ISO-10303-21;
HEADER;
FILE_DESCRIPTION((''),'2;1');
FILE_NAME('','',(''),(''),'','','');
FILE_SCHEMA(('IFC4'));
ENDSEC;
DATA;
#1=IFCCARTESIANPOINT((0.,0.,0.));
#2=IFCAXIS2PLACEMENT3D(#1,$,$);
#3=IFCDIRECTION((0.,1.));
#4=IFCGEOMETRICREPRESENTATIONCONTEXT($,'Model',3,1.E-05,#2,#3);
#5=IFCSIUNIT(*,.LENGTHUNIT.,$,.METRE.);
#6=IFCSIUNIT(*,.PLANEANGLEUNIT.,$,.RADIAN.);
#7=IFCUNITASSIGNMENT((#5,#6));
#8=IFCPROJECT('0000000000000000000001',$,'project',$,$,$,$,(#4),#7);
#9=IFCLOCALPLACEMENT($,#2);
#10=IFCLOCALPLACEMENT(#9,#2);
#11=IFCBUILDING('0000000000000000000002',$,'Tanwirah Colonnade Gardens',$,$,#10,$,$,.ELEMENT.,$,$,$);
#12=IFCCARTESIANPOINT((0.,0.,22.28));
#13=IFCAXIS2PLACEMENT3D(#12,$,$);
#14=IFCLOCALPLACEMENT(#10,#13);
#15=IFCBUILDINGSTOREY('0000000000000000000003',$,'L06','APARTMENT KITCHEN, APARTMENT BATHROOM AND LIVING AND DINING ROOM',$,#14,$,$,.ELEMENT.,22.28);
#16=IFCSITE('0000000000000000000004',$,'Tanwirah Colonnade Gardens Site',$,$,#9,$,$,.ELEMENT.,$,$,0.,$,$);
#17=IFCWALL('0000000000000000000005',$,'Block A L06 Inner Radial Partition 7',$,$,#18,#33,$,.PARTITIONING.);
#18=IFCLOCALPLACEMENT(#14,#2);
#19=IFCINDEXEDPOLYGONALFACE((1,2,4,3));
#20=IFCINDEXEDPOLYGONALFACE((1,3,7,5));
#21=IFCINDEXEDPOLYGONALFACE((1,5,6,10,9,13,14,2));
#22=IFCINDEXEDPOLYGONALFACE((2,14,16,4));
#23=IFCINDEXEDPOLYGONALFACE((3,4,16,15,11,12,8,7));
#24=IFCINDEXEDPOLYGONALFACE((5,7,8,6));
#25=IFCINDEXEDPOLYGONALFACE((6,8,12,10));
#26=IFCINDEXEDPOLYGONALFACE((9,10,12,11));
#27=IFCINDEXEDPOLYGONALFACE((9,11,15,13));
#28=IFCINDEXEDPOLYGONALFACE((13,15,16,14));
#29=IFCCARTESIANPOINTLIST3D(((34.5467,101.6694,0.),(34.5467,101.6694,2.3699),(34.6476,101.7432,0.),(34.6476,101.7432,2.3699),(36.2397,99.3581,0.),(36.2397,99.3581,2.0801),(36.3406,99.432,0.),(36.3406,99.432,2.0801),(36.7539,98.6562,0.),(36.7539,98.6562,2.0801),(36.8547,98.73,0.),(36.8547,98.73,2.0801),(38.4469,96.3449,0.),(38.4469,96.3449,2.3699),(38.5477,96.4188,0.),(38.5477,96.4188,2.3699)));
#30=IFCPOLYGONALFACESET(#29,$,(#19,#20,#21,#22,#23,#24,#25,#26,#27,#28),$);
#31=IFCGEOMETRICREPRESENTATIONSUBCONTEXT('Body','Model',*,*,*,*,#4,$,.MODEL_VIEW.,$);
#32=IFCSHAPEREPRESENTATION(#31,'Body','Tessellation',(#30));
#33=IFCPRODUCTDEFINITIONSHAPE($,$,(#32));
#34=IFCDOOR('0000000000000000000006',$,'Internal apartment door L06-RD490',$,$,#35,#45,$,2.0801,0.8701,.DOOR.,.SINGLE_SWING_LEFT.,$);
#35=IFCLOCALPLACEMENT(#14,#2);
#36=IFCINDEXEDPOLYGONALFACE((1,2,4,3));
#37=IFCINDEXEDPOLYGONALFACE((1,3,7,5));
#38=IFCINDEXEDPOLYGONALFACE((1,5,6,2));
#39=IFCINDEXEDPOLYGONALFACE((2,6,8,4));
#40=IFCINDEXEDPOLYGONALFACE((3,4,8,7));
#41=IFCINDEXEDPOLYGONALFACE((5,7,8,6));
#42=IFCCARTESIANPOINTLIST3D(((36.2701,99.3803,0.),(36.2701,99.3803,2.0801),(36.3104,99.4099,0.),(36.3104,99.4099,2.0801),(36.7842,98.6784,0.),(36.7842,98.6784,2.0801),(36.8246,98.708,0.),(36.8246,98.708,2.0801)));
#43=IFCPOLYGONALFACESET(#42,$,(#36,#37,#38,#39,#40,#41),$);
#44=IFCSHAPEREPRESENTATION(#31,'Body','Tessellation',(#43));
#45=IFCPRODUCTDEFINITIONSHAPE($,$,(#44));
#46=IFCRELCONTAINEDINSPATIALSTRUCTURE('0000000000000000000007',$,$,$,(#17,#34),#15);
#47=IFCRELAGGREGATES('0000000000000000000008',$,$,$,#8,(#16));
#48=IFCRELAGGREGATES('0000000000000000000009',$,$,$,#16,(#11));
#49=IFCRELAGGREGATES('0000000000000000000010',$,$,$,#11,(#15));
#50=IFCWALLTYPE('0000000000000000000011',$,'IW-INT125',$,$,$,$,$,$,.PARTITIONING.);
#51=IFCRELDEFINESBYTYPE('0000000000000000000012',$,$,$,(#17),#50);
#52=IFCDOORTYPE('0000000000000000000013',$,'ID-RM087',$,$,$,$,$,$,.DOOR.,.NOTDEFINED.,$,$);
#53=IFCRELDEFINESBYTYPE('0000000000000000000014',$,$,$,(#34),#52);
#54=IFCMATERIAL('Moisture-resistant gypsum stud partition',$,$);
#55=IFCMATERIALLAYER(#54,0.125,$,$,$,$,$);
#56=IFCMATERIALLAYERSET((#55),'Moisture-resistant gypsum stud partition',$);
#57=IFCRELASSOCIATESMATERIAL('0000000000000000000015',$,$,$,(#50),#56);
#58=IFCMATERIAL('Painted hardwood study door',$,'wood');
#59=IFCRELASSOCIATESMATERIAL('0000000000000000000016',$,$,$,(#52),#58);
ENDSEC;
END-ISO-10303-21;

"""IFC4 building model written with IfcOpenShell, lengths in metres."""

from ifc_helpers import new_model, si_unit, direction, frame, frame_2d, origin, place, context, subcontext, project, spatial, rectangle, extrude, material, layer, layer_set, type_object, element, fill, save


model = new_model("IFC4")

# Units and contexts
model_context = context("Model", 3, precision=1e-05, world=origin(), true_north=direction((0.0, 1.0)))
body_context = subcontext(model_context, "Body", "Model", "MODEL_VIEW")
ifc_project = project(units=[si_unit("LENGTHUNIT", "METRE"), si_unit("PLANEANGLEUNIT", "RADIAN")], contexts=[model_context])

# Site, building, storey
site_placement = place(None, origin())
site = spatial("IfcSite", under=ifc_project, at=site_placement, Name="Tanwirah Colonnade Gardens Site", CompositionType="ELEMENT", RefElevation=0.0)
building_placement = place(site_placement, origin())
building = spatial("IfcBuilding", under=site, at=building_placement, Name="Tanwirah Colonnade Gardens", CompositionType="ELEMENT")
storey_placement = place(building_placement, frame((0.0, 0.0, 22.28)))
storey = spatial("IfcBuildingStorey", under=building, at=storey_placement, Name="L06", Description="APARTMENT KITCHEN, APARTMENT BATHROOM AND LIVING AND DINING ROOM", CompositionType="ELEMENT", Elevation=22.28)

# Wall, opening, door
ifc_material_1 = material(Name="Moisture-resistant gypsum stud partition")
ifc_layer_1 = layer(ifc_material_1, 0.125)
ifc_layer_set_1 = layer_set([ifc_layer_1], Name="Moisture-resistant gypsum stud partition")
wall_type_1 = type_object("IfcWallType", Name="IW-INT125", PredefinedType="PARTITIONING", material=ifc_layer_set_1)
wall_1_placement = place(storey_placement, frame((38.4973, 96.3818, 0.0), z_axis=(0.0, 0.0, 1.0), x_axis=(-0.590924, 0.806727, 0.0)))
wall_1 = element("IfcWall", 1, at=wall_1_placement, inside=storey, type_object=wall_type_1, Name="Block A L06 Inner Radial Partition 7", PredefinedType="PARTITIONING", context=body_context, shape_type="SweptSolid", body=[
    extrude(rectangle(XDim=6.6001, YDim=0.125, at=frame_2d((3.3, 0.0))), origin(), (0.0, 0.0, 1.0), 2.3699),
])
opening_1_placement = place(wall_1_placement, frame((2.865, 0.0, 0.0)))
opening_1 = element("IfcOpeningElement", 2, at=opening_1_placement, cuts=wall_1, PredefinedType="OPENING", context=body_context, shape_type="SweptSolid", body=[
    extrude(rectangle(XDim=0.8701, YDim=2.0801, at=frame_2d((0.4351, 1.04))), frame((0.0, 0.0725, 0.0), z_axis=(0.0, -1.0, 0.0), x_axis=(1.0, 0.0, 0.0)), (0.0, 0.0, 1.0), 0.145),
])
ifc_material_2 = material(Name="Painted hardwood study door", Category="wood")
door_type = type_object("IfcDoorType", Name="ID-RM087", OperationType="NOTDEFINED", PredefinedType="DOOR", material=ifc_material_2)
door_placement = place(opening_1_placement, origin())
door = element("IfcDoor", 3, at=door_placement, inside=storey, type_object=door_type, Name="Internal apartment door L06-RD490", OperationType="SINGLE_SWING_LEFT", OverallHeight=2.0801, OverallWidth=0.8701, PredefinedType="DOOR", context=body_context, shape_type="SweptSolid", body=[
    extrude(rectangle(XDim=0.8701, YDim=2.0801, at=frame_2d((0.4351, 1.04))), frame((0.0, 0.0249, 0.0), z_axis=(0.0, -1.0, 0.0), x_axis=(1.0, 0.0, 0.0)), (0.0, 0.0, 1.0), 0.05),
])
fill(opening_1, door)

save(model, "model.ifc")
